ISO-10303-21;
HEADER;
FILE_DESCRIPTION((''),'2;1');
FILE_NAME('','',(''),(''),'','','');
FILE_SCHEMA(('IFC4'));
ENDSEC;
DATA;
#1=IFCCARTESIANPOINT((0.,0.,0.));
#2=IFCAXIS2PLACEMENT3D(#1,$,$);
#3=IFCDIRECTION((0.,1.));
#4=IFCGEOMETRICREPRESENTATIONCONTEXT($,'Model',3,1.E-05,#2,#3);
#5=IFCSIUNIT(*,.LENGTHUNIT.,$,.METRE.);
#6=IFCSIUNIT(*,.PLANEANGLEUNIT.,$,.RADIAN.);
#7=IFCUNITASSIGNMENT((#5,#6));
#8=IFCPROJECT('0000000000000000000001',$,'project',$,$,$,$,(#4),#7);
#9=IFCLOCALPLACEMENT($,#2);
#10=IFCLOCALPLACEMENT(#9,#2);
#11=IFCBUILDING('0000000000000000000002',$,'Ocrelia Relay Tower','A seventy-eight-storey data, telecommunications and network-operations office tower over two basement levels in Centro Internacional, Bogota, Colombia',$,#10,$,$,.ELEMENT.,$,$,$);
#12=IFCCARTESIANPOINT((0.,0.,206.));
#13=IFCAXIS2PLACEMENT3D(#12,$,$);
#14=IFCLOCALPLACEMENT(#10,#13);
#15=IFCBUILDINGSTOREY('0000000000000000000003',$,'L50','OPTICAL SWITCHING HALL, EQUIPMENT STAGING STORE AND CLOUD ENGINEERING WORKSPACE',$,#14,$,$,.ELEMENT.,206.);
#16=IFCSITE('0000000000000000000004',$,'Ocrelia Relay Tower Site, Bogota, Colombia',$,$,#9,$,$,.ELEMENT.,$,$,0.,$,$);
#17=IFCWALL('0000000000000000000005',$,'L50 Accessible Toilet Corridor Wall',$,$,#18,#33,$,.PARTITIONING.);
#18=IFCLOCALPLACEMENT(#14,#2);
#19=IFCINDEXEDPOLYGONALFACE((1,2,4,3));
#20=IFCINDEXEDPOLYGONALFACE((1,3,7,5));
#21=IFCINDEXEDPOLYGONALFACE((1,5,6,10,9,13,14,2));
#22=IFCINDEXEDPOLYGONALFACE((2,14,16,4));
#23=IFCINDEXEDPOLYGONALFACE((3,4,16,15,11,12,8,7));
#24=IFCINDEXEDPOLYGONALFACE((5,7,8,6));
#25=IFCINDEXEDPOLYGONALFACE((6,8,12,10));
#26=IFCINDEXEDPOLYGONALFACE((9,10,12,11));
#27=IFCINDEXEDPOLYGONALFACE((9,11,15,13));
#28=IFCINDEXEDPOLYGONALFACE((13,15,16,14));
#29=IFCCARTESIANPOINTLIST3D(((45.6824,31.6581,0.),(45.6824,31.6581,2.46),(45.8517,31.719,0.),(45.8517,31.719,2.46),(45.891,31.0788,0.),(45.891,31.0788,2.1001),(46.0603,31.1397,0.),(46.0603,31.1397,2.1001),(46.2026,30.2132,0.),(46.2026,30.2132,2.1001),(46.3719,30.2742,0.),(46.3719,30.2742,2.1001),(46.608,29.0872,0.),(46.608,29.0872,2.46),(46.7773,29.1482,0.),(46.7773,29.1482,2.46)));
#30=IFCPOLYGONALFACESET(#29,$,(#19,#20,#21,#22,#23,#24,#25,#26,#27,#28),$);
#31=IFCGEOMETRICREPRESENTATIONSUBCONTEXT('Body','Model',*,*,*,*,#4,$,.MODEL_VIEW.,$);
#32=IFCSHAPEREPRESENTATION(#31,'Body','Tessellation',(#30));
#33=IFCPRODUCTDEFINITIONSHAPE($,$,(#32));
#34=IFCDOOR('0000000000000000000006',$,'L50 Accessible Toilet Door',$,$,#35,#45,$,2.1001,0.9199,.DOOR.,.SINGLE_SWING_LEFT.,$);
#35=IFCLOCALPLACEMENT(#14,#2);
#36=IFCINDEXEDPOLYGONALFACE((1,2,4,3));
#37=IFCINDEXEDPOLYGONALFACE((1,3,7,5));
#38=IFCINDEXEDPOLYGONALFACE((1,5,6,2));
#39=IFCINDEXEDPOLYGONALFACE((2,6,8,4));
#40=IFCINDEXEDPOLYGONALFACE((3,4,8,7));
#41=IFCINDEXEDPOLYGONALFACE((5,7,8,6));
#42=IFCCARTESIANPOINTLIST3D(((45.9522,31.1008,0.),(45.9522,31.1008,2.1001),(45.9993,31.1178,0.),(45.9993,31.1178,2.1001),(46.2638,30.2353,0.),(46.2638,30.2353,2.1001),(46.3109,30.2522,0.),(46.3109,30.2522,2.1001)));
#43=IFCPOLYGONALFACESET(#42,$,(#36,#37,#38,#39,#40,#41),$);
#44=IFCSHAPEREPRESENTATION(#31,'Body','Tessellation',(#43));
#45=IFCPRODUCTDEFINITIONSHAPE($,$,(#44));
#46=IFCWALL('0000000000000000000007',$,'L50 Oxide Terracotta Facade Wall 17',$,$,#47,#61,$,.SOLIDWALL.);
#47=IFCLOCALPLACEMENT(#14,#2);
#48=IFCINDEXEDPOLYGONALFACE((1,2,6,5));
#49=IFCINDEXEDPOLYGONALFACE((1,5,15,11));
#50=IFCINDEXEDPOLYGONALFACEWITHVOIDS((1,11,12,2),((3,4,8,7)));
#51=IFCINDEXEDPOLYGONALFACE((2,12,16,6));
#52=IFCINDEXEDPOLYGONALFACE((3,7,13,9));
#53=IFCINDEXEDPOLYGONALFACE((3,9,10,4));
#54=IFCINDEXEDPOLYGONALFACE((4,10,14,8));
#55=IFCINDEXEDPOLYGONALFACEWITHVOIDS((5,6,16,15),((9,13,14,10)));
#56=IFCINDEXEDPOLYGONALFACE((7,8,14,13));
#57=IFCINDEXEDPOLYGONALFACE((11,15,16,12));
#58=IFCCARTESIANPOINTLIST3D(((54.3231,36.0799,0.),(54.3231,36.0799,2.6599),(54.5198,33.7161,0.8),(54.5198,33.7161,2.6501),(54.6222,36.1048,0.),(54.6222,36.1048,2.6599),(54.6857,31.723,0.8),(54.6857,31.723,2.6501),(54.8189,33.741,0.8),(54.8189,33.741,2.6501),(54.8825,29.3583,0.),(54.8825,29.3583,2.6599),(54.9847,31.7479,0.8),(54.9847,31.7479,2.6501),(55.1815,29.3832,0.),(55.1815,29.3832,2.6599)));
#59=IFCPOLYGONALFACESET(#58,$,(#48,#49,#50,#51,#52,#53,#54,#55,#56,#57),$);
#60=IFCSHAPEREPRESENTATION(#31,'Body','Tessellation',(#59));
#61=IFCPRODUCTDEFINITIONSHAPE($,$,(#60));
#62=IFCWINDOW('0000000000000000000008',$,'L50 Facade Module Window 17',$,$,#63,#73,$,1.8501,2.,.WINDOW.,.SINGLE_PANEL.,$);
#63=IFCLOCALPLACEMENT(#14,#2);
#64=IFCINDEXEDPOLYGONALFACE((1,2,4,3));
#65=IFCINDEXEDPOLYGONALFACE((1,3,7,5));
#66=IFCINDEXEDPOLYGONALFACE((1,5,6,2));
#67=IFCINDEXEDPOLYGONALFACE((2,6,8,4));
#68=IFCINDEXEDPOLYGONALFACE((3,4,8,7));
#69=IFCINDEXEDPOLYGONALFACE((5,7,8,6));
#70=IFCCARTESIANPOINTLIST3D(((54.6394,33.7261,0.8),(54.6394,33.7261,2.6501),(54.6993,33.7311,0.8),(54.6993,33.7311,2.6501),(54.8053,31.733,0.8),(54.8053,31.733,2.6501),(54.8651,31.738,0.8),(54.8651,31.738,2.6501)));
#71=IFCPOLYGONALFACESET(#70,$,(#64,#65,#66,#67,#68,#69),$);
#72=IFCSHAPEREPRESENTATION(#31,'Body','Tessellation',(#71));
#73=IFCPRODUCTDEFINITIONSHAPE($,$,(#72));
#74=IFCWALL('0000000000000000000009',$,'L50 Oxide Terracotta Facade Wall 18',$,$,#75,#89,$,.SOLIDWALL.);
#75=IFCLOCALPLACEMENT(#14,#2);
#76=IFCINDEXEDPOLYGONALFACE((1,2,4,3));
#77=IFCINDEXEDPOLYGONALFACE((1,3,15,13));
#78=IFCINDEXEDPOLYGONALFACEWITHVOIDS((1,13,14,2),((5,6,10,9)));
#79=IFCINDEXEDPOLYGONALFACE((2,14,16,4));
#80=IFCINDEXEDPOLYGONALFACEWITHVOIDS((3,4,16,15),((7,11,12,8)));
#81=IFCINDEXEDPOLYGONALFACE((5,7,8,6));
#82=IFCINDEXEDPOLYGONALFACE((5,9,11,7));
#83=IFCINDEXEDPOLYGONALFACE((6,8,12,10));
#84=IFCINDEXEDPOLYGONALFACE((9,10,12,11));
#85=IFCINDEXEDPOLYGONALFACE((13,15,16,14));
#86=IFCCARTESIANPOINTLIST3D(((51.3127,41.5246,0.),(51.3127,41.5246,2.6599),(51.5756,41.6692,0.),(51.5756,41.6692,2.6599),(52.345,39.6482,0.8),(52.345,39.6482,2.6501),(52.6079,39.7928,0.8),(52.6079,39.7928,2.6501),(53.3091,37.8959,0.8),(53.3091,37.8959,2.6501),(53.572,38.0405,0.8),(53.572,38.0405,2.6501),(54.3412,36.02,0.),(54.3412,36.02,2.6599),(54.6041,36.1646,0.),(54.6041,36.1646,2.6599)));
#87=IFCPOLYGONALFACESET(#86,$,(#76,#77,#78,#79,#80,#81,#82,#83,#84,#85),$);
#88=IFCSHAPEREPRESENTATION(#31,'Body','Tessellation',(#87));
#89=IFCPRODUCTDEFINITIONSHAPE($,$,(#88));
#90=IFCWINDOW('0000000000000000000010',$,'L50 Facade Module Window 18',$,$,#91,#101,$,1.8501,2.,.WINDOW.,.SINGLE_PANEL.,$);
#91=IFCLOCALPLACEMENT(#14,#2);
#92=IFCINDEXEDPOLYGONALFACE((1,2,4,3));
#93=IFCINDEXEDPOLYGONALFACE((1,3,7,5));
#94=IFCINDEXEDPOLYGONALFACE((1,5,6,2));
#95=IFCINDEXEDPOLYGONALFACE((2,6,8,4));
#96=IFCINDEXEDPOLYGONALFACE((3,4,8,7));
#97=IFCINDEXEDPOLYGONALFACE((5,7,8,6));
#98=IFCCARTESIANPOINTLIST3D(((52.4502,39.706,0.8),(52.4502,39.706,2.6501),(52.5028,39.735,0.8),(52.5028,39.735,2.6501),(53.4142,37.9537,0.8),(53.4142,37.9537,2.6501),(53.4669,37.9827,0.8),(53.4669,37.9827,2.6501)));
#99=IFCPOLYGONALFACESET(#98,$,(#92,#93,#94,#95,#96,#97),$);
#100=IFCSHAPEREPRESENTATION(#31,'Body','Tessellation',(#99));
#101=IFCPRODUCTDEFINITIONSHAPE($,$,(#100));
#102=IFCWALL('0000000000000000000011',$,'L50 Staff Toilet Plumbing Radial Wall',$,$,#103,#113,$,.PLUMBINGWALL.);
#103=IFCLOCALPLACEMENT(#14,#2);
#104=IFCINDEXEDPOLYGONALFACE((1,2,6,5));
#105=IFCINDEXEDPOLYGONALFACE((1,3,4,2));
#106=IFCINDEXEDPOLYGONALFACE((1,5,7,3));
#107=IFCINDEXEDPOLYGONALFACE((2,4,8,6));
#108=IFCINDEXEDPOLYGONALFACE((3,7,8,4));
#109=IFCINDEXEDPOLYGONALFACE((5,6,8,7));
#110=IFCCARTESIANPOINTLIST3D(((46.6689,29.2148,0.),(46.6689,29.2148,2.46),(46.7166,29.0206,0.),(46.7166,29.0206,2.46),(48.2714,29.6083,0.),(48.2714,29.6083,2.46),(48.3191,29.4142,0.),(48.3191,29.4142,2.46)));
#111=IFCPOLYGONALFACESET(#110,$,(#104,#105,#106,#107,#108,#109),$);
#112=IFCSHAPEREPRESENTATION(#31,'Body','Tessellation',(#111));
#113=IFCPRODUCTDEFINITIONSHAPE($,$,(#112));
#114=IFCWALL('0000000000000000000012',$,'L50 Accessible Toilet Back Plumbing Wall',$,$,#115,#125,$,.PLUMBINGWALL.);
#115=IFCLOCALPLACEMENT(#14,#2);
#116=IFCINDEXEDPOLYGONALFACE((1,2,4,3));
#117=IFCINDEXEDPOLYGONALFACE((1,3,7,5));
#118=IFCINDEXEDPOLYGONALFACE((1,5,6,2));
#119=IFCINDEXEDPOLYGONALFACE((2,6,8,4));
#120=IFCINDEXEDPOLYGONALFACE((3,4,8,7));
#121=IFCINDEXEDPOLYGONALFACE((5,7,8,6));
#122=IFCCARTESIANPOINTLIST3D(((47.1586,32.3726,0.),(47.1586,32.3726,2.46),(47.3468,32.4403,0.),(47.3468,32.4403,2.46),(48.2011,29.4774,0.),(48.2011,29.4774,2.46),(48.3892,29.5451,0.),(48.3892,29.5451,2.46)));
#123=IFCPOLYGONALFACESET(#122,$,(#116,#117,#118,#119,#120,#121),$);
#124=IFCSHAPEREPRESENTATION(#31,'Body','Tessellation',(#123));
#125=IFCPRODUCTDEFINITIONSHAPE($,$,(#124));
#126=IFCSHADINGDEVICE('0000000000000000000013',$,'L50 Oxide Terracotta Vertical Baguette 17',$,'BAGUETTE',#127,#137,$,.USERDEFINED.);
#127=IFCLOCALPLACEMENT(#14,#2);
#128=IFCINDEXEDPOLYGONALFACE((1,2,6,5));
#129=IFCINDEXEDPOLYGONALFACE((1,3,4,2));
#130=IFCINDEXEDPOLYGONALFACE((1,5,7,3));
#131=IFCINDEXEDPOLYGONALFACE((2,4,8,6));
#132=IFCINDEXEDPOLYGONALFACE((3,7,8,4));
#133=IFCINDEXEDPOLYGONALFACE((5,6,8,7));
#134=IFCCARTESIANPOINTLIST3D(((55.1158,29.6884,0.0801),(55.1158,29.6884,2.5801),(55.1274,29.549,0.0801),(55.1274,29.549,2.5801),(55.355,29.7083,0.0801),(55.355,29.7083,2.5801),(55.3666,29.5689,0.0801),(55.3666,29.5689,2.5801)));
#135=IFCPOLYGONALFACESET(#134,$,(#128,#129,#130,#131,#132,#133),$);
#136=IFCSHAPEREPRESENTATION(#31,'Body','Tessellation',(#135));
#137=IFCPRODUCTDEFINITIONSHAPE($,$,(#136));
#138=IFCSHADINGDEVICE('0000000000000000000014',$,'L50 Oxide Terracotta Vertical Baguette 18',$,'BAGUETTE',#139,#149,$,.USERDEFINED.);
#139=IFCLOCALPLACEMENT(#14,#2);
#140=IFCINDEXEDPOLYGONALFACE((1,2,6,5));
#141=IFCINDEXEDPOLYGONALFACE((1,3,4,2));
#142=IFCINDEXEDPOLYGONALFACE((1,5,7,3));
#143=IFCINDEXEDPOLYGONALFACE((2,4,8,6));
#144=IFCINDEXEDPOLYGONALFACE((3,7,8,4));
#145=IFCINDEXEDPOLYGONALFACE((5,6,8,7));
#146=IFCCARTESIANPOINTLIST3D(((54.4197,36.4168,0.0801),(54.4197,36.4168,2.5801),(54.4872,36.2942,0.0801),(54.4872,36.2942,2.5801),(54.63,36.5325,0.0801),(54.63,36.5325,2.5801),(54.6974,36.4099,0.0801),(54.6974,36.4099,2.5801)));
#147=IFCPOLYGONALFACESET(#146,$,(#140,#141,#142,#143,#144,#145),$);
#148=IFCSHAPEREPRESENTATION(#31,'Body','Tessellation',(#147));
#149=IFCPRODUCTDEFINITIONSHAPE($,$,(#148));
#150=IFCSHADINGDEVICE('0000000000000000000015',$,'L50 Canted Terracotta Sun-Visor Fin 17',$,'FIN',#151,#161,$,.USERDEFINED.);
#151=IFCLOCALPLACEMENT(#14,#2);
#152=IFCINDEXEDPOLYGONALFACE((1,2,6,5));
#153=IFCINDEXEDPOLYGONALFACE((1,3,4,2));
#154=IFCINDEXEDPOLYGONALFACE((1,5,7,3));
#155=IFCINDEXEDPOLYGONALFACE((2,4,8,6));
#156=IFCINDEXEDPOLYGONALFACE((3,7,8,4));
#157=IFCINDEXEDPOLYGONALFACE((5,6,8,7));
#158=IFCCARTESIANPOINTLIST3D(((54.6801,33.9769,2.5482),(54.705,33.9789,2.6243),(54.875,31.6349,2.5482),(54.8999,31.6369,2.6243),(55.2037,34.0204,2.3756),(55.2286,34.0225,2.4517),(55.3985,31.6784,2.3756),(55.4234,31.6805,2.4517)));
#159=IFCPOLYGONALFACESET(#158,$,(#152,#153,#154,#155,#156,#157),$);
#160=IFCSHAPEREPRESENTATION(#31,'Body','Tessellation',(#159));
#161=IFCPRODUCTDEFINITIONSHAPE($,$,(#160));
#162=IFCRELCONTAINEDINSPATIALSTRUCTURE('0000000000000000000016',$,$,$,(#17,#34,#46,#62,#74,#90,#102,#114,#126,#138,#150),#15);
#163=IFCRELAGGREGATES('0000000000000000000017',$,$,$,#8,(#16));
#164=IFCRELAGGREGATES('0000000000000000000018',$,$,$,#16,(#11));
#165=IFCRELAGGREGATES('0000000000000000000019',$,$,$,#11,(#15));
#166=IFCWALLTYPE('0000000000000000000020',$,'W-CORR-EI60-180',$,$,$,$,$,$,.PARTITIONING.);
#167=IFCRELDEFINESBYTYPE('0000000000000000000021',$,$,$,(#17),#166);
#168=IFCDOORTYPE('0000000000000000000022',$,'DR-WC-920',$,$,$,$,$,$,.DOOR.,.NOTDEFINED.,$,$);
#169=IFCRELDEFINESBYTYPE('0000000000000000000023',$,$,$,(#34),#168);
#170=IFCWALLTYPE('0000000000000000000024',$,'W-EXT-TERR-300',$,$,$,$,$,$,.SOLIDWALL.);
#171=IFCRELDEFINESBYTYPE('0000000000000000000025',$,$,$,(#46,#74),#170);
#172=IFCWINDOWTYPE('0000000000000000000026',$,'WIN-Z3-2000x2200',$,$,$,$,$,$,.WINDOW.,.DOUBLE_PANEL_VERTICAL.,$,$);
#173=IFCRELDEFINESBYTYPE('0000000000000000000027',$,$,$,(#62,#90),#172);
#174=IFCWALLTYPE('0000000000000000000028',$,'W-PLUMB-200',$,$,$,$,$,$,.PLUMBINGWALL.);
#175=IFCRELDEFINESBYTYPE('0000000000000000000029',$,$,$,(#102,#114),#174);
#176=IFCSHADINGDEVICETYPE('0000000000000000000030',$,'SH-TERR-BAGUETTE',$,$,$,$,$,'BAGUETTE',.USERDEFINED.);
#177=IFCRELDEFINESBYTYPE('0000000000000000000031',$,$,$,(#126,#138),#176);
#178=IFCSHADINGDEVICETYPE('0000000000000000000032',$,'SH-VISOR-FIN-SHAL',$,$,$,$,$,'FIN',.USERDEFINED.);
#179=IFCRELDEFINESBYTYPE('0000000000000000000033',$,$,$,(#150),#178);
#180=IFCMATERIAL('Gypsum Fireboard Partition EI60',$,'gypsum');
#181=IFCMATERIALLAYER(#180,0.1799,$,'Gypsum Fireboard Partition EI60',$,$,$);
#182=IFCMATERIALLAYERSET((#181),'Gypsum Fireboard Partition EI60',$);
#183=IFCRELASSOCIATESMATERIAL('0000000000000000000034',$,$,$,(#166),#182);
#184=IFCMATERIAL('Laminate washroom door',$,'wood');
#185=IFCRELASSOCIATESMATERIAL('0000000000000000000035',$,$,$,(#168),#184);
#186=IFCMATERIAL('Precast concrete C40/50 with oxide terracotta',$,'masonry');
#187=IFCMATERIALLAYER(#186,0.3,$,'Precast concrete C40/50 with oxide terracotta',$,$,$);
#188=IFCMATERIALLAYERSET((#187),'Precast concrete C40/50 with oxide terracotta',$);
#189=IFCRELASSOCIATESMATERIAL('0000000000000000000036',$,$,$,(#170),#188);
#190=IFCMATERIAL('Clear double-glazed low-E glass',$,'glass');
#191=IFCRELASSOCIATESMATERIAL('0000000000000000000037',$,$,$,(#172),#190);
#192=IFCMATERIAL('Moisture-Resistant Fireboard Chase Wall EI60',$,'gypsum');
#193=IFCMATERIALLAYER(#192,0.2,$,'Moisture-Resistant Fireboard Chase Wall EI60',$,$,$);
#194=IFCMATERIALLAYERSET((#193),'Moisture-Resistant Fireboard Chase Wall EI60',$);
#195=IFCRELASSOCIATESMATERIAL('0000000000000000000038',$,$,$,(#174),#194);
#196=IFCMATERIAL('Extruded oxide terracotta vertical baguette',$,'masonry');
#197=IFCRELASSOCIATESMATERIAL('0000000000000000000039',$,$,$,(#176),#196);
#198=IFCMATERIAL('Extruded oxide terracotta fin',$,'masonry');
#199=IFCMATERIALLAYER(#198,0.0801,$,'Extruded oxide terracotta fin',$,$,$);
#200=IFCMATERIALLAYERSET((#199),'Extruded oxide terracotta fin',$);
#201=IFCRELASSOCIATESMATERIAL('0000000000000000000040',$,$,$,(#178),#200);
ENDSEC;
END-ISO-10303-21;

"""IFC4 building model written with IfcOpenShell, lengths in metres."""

from ifc_helpers import new_model, si_unit, direction, frame, frame_2d, origin, origin_2d, place, context, subcontext, project, spatial, rectangle, extrude, material, layer, layer_set, type_object, element, fill, save


model = new_model("IFC4")

# Units and contexts
model_context = context("Model", 3, precision=1e-05, world=origin(), true_north=direction((0.0, 1.0)))
body_context = subcontext(model_context, "Body", "Model", "MODEL_VIEW")
ifc_project = project(units=[si_unit("LENGTHUNIT", "METRE"), si_unit("PLANEANGLEUNIT", "RADIAN")], contexts=[model_context])

# Site, building, storey
site_placement = place(None, origin())
site = spatial("IfcSite", under=ifc_project, at=site_placement, Name="Ocrelia Relay Tower Site, Bogota, Colombia", CompositionType="ELEMENT", RefElevation=0.0)
building_placement = place(site_placement, origin())
building = spatial("IfcBuilding", under=site, at=building_placement, Name="Ocrelia Relay Tower", Description="A seventy-eight-storey data, telecommunications and network-operations office tower over two basement levels in Centro Internacional, Bogota, Colombia", CompositionType="ELEMENT")
storey_placement = place(building_placement, frame((0.0, 0.0, 206.0)))
storey = spatial("IfcBuildingStorey", under=building, at=storey_placement, Name="L50", Description="OPTICAL SWITCHING HALL, EQUIPMENT STAGING STORE AND CLOUD ENGINEERING WORKSPACE", CompositionType="ELEMENT", Elevation=206.0)

# Wall, opening, door
ifc_material_1 = material(Name="Gypsum Fireboard Partition EI60", Category="gypsum")
ifc_layer_1 = layer(ifc_material_1, 0.1799, Name="Gypsum Fireboard Partition EI60")
ifc_layer_set_1 = layer_set([ifc_layer_1], Name="Gypsum Fireboard Partition EI60")
wall_type_1 = type_object("IfcWallType", Name="W-CORR-EI60-180", PredefinedType="PARTITIONING", material=ifc_layer_set_1)
wall_1_placement = place(storey_placement, frame((46.6926, 29.1177, 0.0), z_axis=(0.0, 0.0, 1.0), x_axis=(-0.338735, 0.940882, 0.0)))
wall_1 = element("IfcWall", 1, at=wall_1_placement, inside=storey, type_object=wall_type_1, Name="L50 Accessible Toilet Corridor Wall", PredefinedType="PARTITIONING", context=body_context, shape_type="SweptSolid", body=[
    extrude(rectangle(XDim=2.7324, YDim=0.1799, at=frame_2d((1.3662, 0.0))), origin(), (0.0, 0.0, 1.0), 2.46),
])
opening_1_placement = place(wall_1_placement, frame((1.1968, 0.0, 0.0)))
opening_1 = element("IfcOpeningElement", 2, at=opening_1_placement, cuts=wall_1, PredefinedType="OPENING", context=body_context, shape_type="SweptSolid", body=[
    extrude(rectangle(XDim=0.9199, YDim=2.1001, at=frame_2d((0.46, 1.05))), frame((0.0, 0.1001, 0.0), z_axis=(0.0, -1.0, 0.0), x_axis=(1.0, 0.0, 0.0)), (0.0, 0.0, 1.0), 0.2),
])
ifc_material_2 = material(Name="Laminate washroom door", Category="wood")
door_type = type_object("IfcDoorType", Name="DR-WC-920", OperationType="NOTDEFINED", PredefinedType="DOOR", material=ifc_material_2)
door_placement = place(opening_1_placement, origin())
door = element("IfcDoor", 3, at=door_placement, inside=storey, type_object=door_type, Name="L50 Accessible Toilet Door", OperationType="SINGLE_SWING_LEFT", OverallHeight=2.1001, OverallWidth=0.9199, PredefinedType="DOOR", context=body_context, shape_type="SweptSolid", body=[
    extrude(rectangle(XDim=0.9199, YDim=2.1001, at=frame_2d((0.46, 1.05))), frame((0.0, 0.0249, 0.0), z_axis=(0.0, -1.0, 0.0), x_axis=(1.0, 0.0, 0.0)), (0.0, 0.0, 1.0), 0.05),
])
fill(opening_1, door)

# Walls, openings, windows
ifc_material_3 = material(Name="Precast concrete C40/50 with oxide terracotta", Category="masonry")
ifc_layer_2 = layer(ifc_material_3, 0.3, Name="Precast concrete C40/50 with oxide terracotta")
ifc_layer_set_2 = layer_set([ifc_layer_2], Name="Precast concrete C40/50 with oxide terracotta")
wall_type_2 = type_object("IfcWallType", Name="W-EXT-TERR-300", PredefinedType="SOLIDWALL", material=ifc_layer_set_2)
wall_2_placement = place(storey_placement, frame((55.032, 29.3706, 0.0), z_axis=(0.0, 0.0, 1.0), x_axis=(-0.082926, 0.996556, 0.0)))
wall_2 = element("IfcWall", 4, at=wall_2_placement, inside=storey, type_object=wall_type_2, Name="L50 Oxide Terracotta Facade Wall 17", PredefinedType="SOLIDWALL", context=body_context, shape_type="SweptSolid", body=[
    extrude(rectangle(XDim=6.7449, YDim=0.3, at=frame_2d((3.3726, 0.0))), origin(), (0.0, 0.0, 1.0), 2.6599),
])
opening_2_placement = place(wall_2_placement, frame((2.373, 0.0, 0.8)))
opening_2 = element("IfcOpeningElement", 5, at=opening_2_placement, cuts=wall_2, PredefinedType="OPENING", context=body_context, shape_type="SweptSolid", body=[
    extrude(rectangle(XDim=2.0, YDim=1.8501, at=frame_2d((1.0, 0.925))), frame((0.0, 0.1602, 0.0), z_axis=(0.0, -1.0, 0.0), x_axis=(1.0, 0.0, 0.0)), (0.0, 0.0, 1.0), 0.3201),
])
ifc_material_4 = material(Name="Clear double-glazed low-E glass", Category="glass")
window_type = type_object("IfcWindowType", Name="WIN-Z3-2000x2200", PartitioningType="DOUBLE_PANEL_VERTICAL", PredefinedType="WINDOW", material=ifc_material_4)
window_1_placement = place(opening_2_placement, origin())
window_1 = element("IfcWindow", 6, at=window_1_placement, inside=storey, type_object=window_type, Name="L50 Facade Module Window 17", OverallHeight=1.8501, OverallWidth=2.0, PartitioningType="SINGLE_PANEL", PredefinedType="WINDOW", context=body_context, shape_type="SweptSolid", body=[
    extrude(rectangle(XDim=2.0, YDim=1.8501, at=frame_2d((1.0, 0.925))), frame((0.0, 0.03, 0.0), z_axis=(0.0, -1.0, 0.0), x_axis=(1.0, 0.0, 0.0)), (0.0, 0.0, 1.0), 0.0601),
])
fill(opening_2, window_1)
wall_3_placement = place(storey_placement, frame((54.4727, 36.0923, 0.0), z_axis=(0.0, 0.0, 1.0), x_axis=(-0.482043, 0.876148, 0.0)))
wall_3 = element("IfcWall", 7, at=wall_3_placement, inside=storey, type_object=wall_type_2, Name="L50 Oxide Terracotta Facade Wall 18", PredefinedType="SOLIDWALL", context=body_context, shape_type="SweptSolid", body=[
    extrude(rectangle(XDim=6.2827, YDim=0.3, at=frame_2d((3.1414, 0.0))), origin(), (0.0, 0.0, 1.0), 2.6599),
])
opening_3_placement = place(wall_3_placement, frame((2.1411, 0.0, 0.8)))
opening_3 = element("IfcOpeningElement", 8, at=opening_3_placement, cuts=wall_3, PredefinedType="OPENING", context=body_context, shape_type="SweptSolid", body=[
    extrude(rectangle(XDim=2.0, YDim=1.8501, at=frame_2d((1.0, 0.925))), frame((0.0, 0.1602, 0.0), z_axis=(0.0, -1.0, 0.0), x_axis=(1.0, 0.0, 0.0)), (0.0, 0.0, 1.0), 0.3201),
])
window_2_placement = place(opening_3_placement, origin())
window_2 = element("IfcWindow", 9, at=window_2_placement, inside=storey, type_object=window_type, Name="L50 Facade Module Window 18", OverallHeight=1.8501, OverallWidth=2.0, PartitioningType="SINGLE_PANEL", PredefinedType="WINDOW", context=body_context, shape_type="SweptSolid", body=[
    extrude(rectangle(XDim=2.0, YDim=1.8501, at=frame_2d((1.0, 0.925))), frame((0.0, 0.03, 0.0), z_axis=(0.0, -1.0, 0.0), x_axis=(1.0, 0.0, 0.0)), (0.0, 0.0, 1.0), 0.0601),
])
fill(opening_3, window_2)

# Walls
ifc_material_5 = material(Name="Moisture-Resistant Fireboard Chase Wall EI60", Category="gypsum")
ifc_layer_3 = layer(ifc_material_5, 0.2, Name="Moisture-Resistant Fireboard Chase Wall EI60")
ifc_layer_set_3 = layer_set([ifc_layer_3], Name="Moisture-Resistant Fireboard Chase Wall EI60")
wall_type_3 = type_object("IfcWallType", Name="W-PLUMB-200", PredefinedType="PLUMBINGWALL", material=ifc_layer_set_3)
wall_4_placement = place(storey_placement, frame((46.6926, 29.1177, 0.0), z_axis=(0.0, 0.0, 1.0), x_axis=(0.971144, 0.238495, 0.0)))
element("IfcWall", 10, at=wall_4_placement, inside=storey, type_object=wall_type_3, Name="L50 Staff Toilet Plumbing Radial Wall", PredefinedType="PLUMBINGWALL", context=body_context, shape_type="SweptSolid", body=[
    extrude(rectangle(XDim=1.6501, YDim=0.2, at=frame_2d((0.8252, 0.0))), origin(), (0.0, 0.0, 1.0), 2.46),
])
wall_5_placement = place(storey_placement, frame((48.2952, 29.5112, 0.0), z_axis=(0.0, 0.0, 1.0), x_axis=(-0.338773, 0.940868, 0.0)))
element("IfcWall", 11, at=wall_5_placement, inside=storey, type_object=wall_type_3, Name="L50 Accessible Toilet Back Plumbing Wall", PredefinedType="PLUMBINGWALL", context=body_context, shape_type="SweptSolid", body=[
    extrude(rectangle(XDim=3.0771, YDim=0.2, at=frame_2d((1.5386, 0.0))), origin(), (0.0, 0.0, 1.0), 2.46),
])

# Shading devices
ifc_material_6 = material(Name="Extruded oxide terracotta vertical baguette", Category="masonry")
shading_device_type_1 = type_object("IfcShadingDeviceType", Name="SH-TERR-BAGUETTE", ElementType="BAGUETTE", PredefinedType="USERDEFINED", material=ifc_material_6)
for number, where, z_axis, x_axis, name in (
    (12, (55.2412, 29.6287, 0.0801), (0.0, 0.0, 1.0), (-0.08292, 0.996556, 0.0), "L50 Oxide Terracotta Vertical Baguette 17"),
    (13, (54.5586, 36.4133, 0.0801), (0.0, 0.0, 1.0), (-0.482049, 0.876144, 0.0), "L50 Oxide Terracotta Vertical Baguette 18"),
):
    element("IfcShadingDevice", number, at=place(storey_placement, frame(where, z_axis=z_axis, x_axis=x_axis)), inside=storey, type_object=shading_device_type_1, Name=name, ObjectType="BAGUETTE", PredefinedType="USERDEFINED", context=body_context, shape_type="SweptSolid", body=[
        extrude(rectangle(XDim=0.1399, YDim=0.24, at=origin_2d()), origin(), (0.0, 0.0, 1.0), 2.5),
    ])
ifc_material_7 = material(Name="Extruded oxide terracotta fin", Category="masonry")
ifc_layer_4 = layer(ifc_material_7, 0.0801, Name="Extruded oxide terracotta fin")
ifc_layer_set_4 = layer_set([ifc_layer_4], Name="Extruded oxide terracotta fin")
shading_device_type_2 = type_object("IfcShadingDeviceType", Name="SH-VISOR-FIN-SHAL", ElementType="FIN", PredefinedType="USERDEFINED", material=ifc_layer_set_4)
shading_device_placement = place(storey_placement, frame((55.0393, 32.8276, 2.4619), z_axis=(0.310929, 0.025871, 0.950081), x_axis=(-0.08292, 0.996556, 0.0)))
element("IfcShadingDevice", 14, at=shading_device_placement, inside=storey, type_object=shading_device_type_2, Name="L50 Canted Terracotta Sun-Visor Fin 17", ObjectType="FIN", PredefinedType="USERDEFINED", context=body_context, shape_type="SweptSolid", body=[
    extrude(rectangle(XDim=2.3501, YDim=0.553, at=origin_2d()), origin(), (0.0, 0.0, 1.0), 0.0801),
])

save(model, "model.ifc")
